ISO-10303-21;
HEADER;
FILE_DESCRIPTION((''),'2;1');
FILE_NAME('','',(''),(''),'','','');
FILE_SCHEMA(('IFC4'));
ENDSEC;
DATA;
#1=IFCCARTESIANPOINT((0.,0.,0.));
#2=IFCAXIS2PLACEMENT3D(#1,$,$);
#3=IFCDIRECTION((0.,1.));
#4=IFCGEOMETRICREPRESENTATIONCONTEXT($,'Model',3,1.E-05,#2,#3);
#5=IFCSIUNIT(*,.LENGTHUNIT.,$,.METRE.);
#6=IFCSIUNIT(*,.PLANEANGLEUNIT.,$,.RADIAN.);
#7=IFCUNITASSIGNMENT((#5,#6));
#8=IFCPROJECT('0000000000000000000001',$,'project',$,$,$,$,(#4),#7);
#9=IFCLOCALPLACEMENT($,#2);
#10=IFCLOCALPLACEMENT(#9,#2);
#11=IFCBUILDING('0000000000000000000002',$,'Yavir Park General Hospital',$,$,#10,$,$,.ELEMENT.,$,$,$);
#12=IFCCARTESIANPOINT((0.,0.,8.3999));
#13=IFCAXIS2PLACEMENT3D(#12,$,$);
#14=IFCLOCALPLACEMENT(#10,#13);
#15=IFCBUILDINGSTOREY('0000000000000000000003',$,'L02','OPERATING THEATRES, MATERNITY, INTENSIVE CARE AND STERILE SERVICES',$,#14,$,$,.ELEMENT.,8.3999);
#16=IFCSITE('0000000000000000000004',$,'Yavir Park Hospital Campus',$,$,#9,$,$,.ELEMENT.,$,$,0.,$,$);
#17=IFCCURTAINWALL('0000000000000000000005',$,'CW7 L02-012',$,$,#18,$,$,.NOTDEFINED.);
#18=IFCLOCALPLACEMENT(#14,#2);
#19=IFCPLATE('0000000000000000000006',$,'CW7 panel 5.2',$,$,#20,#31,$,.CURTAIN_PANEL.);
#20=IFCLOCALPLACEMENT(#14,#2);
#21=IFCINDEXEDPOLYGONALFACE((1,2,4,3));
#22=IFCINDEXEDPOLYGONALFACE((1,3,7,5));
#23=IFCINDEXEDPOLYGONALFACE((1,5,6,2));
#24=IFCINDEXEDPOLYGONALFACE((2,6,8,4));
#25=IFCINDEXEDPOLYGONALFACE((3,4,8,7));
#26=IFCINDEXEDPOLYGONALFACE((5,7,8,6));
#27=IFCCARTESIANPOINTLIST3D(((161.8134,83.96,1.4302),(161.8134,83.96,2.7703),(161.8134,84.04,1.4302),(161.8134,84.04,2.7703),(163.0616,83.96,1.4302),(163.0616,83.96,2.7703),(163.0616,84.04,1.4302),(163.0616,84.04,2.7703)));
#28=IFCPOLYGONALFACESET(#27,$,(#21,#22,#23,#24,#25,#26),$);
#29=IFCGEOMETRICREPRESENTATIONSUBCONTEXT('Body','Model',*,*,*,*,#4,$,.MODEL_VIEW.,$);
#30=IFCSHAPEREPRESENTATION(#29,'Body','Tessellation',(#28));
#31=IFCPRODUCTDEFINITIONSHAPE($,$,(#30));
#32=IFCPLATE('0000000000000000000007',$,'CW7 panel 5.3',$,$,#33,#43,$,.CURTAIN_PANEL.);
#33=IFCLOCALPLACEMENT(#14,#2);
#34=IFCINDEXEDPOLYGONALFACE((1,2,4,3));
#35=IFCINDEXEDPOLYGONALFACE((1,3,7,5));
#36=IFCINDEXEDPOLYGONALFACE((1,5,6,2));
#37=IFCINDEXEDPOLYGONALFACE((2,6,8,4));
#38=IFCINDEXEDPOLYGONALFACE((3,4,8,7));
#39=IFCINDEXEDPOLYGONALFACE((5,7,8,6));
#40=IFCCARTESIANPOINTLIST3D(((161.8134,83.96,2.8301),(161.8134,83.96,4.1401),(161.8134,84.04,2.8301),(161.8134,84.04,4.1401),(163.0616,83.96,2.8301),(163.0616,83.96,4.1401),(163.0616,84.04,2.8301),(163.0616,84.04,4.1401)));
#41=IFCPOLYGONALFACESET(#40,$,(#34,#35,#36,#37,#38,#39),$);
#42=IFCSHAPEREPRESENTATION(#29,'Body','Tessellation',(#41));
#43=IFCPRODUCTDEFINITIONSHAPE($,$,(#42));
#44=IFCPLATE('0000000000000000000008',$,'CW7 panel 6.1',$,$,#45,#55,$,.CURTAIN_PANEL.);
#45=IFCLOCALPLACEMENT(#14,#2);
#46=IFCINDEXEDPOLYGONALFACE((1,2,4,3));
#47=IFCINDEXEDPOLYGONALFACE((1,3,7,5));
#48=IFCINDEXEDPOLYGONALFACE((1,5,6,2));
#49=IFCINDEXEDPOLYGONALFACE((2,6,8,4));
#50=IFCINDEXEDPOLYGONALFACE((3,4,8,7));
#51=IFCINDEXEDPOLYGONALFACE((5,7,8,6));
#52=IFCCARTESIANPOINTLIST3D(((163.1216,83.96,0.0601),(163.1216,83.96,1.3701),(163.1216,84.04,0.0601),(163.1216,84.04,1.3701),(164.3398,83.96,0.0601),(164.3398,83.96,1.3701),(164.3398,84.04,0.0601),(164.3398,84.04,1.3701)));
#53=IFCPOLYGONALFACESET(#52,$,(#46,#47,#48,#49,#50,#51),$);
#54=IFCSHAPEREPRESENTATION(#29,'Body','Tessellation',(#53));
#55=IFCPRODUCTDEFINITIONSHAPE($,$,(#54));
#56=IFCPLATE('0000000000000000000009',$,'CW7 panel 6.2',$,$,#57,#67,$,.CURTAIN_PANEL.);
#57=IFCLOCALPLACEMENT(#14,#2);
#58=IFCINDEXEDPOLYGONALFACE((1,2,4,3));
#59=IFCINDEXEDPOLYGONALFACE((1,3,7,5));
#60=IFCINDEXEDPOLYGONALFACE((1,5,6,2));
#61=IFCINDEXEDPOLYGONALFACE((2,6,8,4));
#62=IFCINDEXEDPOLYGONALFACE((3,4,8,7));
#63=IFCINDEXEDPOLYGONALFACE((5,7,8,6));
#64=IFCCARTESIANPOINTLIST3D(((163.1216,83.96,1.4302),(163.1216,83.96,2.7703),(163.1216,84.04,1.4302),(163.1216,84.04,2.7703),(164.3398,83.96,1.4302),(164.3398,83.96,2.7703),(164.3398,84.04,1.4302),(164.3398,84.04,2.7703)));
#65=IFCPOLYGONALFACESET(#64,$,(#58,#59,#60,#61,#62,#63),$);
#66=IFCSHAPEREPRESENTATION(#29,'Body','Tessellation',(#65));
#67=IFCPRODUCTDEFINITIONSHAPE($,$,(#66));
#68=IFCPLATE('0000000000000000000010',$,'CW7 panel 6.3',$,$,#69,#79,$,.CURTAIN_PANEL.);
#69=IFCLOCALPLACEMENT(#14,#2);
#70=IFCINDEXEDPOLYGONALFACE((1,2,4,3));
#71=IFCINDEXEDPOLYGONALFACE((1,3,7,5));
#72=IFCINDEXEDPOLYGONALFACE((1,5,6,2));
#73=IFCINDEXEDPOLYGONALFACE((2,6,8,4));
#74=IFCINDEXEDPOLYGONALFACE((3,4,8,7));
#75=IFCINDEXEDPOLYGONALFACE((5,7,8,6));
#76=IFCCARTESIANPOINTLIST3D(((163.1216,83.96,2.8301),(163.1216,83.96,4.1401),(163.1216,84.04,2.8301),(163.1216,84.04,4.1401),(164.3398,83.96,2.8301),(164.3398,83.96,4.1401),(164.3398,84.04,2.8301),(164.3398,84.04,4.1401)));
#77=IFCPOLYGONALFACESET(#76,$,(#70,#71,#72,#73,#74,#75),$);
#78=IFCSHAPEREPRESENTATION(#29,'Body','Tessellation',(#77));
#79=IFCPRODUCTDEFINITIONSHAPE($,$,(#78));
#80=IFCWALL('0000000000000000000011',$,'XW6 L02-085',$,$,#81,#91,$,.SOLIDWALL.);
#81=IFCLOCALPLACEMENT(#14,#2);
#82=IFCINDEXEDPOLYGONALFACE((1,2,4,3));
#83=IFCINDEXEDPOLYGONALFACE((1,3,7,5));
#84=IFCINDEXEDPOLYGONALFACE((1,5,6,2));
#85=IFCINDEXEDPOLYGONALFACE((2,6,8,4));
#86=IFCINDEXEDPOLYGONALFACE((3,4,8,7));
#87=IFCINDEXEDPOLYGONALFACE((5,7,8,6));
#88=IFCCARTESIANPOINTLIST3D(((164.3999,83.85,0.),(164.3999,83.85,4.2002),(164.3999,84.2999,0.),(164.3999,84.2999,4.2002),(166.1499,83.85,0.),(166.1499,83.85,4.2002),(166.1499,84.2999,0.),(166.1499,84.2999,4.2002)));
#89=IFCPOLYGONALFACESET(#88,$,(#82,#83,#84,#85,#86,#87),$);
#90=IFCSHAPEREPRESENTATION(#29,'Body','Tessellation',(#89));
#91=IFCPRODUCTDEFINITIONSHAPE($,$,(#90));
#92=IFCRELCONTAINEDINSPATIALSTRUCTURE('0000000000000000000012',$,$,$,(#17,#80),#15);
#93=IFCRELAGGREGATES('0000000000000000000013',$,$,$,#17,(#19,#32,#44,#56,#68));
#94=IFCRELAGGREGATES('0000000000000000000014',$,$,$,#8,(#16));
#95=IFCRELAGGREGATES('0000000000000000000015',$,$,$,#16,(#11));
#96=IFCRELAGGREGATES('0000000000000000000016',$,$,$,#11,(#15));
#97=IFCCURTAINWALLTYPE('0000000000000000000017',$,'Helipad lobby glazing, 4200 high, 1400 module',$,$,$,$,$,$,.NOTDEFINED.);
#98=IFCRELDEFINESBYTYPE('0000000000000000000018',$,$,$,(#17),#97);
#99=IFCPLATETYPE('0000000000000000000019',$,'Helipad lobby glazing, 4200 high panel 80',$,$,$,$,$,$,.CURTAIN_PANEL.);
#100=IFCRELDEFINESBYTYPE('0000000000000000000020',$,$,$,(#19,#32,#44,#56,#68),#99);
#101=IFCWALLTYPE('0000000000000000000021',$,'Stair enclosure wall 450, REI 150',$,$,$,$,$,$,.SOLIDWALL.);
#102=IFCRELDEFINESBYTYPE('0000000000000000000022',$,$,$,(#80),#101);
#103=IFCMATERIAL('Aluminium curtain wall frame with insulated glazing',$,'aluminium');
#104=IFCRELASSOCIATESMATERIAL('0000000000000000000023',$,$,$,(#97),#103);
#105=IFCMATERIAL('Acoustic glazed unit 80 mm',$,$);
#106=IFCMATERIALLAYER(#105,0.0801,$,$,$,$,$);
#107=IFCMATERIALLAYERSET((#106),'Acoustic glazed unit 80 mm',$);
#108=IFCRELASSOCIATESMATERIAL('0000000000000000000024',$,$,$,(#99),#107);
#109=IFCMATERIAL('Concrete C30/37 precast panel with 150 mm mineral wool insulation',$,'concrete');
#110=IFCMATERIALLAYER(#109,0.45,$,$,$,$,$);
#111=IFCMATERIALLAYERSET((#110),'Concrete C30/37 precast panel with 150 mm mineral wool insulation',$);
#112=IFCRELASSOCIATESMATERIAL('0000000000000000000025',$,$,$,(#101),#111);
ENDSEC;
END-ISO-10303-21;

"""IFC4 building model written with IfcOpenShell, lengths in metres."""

from ifc_helpers import new_model, si_unit, direction, frame, frame_2d, origin, origin_2d, place, context, subcontext, project, spatial, rectangle, extrude, material, layer, layer_set, type_object, element, aggregate, save


model = new_model("IFC4")

# Units and contexts
model_context = context("Model", 3, precision=1e-05, world=origin(), true_north=direction((0.0, 1.0)))
body_context = subcontext(model_context, "Body", "Model", "MODEL_VIEW")
ifc_project = project(units=[si_unit("LENGTHUNIT", "METRE"), si_unit("PLANEANGLEUNIT", "RADIAN")], contexts=[model_context])

# Site, building, storey
site_placement = place(None, origin())
site = spatial("IfcSite", under=ifc_project, at=site_placement, Name="Yavir Park Hospital Campus", CompositionType="ELEMENT", RefElevation=0.0)
building_placement = place(site_placement, origin())
building = spatial("IfcBuilding", under=site, at=building_placement, Name="Yavir Park General Hospital", CompositionType="ELEMENT")
storey_placement = place(building_placement, frame((0.0, 0.0, 8.3999)))
storey = spatial("IfcBuildingStorey", under=building, at=storey_placement, Name="L02", Description="OPERATING THEATRES, MATERNITY, INTENSIVE CARE AND STERILE SERVICES", CompositionType="ELEMENT", Elevation=8.3999)

# Curtain wall, plates
ifc_material_1 = material(Name="Aluminium curtain wall frame with insulated glazing", Category="aluminium")
curtain_wall_type = type_object("IfcCurtainWallType", Name="Helipad lobby glazing, 4200 high, 1400 module", PredefinedType="NOTDEFINED", material=ifc_material_1)
curtain_wall_placement = place(storey_placement, origin())
curtain_wall = element("IfcCurtainWall", 1, at=curtain_wall_placement, inside=storey, type_object=curtain_wall_type, Name="CW7 L02-012", PredefinedType="NOTDEFINED")
ifc_material_2 = material(Name="Acoustic glazed unit 80 mm")
ifc_layer_1 = layer(ifc_material_2, 0.0801)
ifc_layer_set_1 = layer_set([ifc_layer_1], Name="Acoustic glazed unit 80 mm")
plate_type = type_object("IfcPlateType", Name="Helipad lobby glazing, 4200 high panel 80", PredefinedType="CURTAIN_PANEL", material=ifc_layer_set_1)
plate_1_placement = place(storey_placement, frame((162.4375, 84.0, 1.4302), z_axis=(0.0, 0.0, 1.0), x_axis=(1.0, 0.0, 0.0)))
plate_1 = element("IfcPlate", 2, at=plate_1_placement, type_object=plate_type, Name="CW7 panel 5.2", PredefinedType="CURTAIN_PANEL", context=body_context, shape_type="SweptSolid", body=[
    extrude(rectangle(XDim=1.2483, YDim=0.0801, at=origin_2d()), origin(), (0.0, 0.0, 1.0), 1.3401),
])
plate_2_placement = place(storey_placement, frame((162.4375, 84.0, 2.8301), z_axis=(0.0, 0.0, 1.0), x_axis=(1.0, 0.0, 0.0)))
plate_2 = element("IfcPlate", 3, at=plate_2_placement, type_object=plate_type, Name="CW7 panel 5.3", PredefinedType="CURTAIN_PANEL", context=body_context, shape_type="SweptSolid", body=[
    extrude(rectangle(XDim=1.2483, YDim=0.0801, at=origin_2d()), origin(), (0.0, 0.0, 1.0), 1.3101),
])
plate_3_placement = place(storey_placement, frame((163.7307, 84.0, 0.0601), z_axis=(0.0, 0.0, 1.0), x_axis=(1.0, 0.0, 0.0)))
plate_3 = element("IfcPlate", 4, at=plate_3_placement, type_object=plate_type, Name="CW7 panel 6.1", PredefinedType="CURTAIN_PANEL", context=body_context, shape_type="SweptSolid", body=[
    extrude(rectangle(XDim=1.2183, YDim=0.0801, at=origin_2d()), origin(), (0.0, 0.0, 1.0), 1.3101),
])
plate_4_placement = place(storey_placement, frame((163.7307, 84.0, 1.4302), z_axis=(0.0, 0.0, 1.0), x_axis=(1.0, 0.0, 0.0)))
plate_4 = element("IfcPlate", 5, at=plate_4_placement, type_object=plate_type, Name="CW7 panel 6.2", PredefinedType="CURTAIN_PANEL", context=body_context, shape_type="SweptSolid", body=[
    extrude(rectangle(XDim=1.2183, YDim=0.0801, at=origin_2d()), origin(), (0.0, 0.0, 1.0), 1.3401),
])
plate_5_placement = place(storey_placement, frame((163.7307, 84.0, 2.8301), z_axis=(0.0, 0.0, 1.0), x_axis=(1.0, 0.0, 0.0)))
plate_5 = element("IfcPlate", 6, at=plate_5_placement, type_object=plate_type, Name="CW7 panel 6.3", PredefinedType="CURTAIN_PANEL", context=body_context, shape_type="SweptSolid", body=[
    extrude(rectangle(XDim=1.2183, YDim=0.0801, at=origin_2d()), origin(), (0.0, 0.0, 1.0), 1.3101),
])
aggregate(curtain_wall, [plate_1, plate_2, plate_3, plate_4, plate_5])

# Wall
ifc_material_3 = material(Name="Concrete C30/37 precast panel with 150 mm mineral wool insulation", Category="concrete")
ifc_layer_2 = layer(ifc_material_3, 0.45)
ifc_layer_set_2 = layer_set([ifc_layer_2], Name="Concrete C30/37 precast panel with 150 mm mineral wool insulation")
wall_type = type_object("IfcWallType", Name="Stair enclosure wall 450, REI 150", PredefinedType="SOLIDWALL", material=ifc_layer_set_2)
wall_placement = place(storey_placement, frame((164.3999, 84.075, 0.0), z_axis=(0.0, 0.0, 1.0), x_axis=(1.0, 0.0, 0.0)))
element("IfcWall", 7, at=wall_placement, inside=storey, type_object=wall_type, Name="XW6 L02-085", PredefinedType="SOLIDWALL", context=body_context, shape_type="SweptSolid", body=[
    extrude(rectangle(XDim=1.75, YDim=0.45, at=frame_2d((0.875, 0.0))), origin(), (0.0, 0.0, 1.0), 4.2002),
])

save(model, "model.ifc")
